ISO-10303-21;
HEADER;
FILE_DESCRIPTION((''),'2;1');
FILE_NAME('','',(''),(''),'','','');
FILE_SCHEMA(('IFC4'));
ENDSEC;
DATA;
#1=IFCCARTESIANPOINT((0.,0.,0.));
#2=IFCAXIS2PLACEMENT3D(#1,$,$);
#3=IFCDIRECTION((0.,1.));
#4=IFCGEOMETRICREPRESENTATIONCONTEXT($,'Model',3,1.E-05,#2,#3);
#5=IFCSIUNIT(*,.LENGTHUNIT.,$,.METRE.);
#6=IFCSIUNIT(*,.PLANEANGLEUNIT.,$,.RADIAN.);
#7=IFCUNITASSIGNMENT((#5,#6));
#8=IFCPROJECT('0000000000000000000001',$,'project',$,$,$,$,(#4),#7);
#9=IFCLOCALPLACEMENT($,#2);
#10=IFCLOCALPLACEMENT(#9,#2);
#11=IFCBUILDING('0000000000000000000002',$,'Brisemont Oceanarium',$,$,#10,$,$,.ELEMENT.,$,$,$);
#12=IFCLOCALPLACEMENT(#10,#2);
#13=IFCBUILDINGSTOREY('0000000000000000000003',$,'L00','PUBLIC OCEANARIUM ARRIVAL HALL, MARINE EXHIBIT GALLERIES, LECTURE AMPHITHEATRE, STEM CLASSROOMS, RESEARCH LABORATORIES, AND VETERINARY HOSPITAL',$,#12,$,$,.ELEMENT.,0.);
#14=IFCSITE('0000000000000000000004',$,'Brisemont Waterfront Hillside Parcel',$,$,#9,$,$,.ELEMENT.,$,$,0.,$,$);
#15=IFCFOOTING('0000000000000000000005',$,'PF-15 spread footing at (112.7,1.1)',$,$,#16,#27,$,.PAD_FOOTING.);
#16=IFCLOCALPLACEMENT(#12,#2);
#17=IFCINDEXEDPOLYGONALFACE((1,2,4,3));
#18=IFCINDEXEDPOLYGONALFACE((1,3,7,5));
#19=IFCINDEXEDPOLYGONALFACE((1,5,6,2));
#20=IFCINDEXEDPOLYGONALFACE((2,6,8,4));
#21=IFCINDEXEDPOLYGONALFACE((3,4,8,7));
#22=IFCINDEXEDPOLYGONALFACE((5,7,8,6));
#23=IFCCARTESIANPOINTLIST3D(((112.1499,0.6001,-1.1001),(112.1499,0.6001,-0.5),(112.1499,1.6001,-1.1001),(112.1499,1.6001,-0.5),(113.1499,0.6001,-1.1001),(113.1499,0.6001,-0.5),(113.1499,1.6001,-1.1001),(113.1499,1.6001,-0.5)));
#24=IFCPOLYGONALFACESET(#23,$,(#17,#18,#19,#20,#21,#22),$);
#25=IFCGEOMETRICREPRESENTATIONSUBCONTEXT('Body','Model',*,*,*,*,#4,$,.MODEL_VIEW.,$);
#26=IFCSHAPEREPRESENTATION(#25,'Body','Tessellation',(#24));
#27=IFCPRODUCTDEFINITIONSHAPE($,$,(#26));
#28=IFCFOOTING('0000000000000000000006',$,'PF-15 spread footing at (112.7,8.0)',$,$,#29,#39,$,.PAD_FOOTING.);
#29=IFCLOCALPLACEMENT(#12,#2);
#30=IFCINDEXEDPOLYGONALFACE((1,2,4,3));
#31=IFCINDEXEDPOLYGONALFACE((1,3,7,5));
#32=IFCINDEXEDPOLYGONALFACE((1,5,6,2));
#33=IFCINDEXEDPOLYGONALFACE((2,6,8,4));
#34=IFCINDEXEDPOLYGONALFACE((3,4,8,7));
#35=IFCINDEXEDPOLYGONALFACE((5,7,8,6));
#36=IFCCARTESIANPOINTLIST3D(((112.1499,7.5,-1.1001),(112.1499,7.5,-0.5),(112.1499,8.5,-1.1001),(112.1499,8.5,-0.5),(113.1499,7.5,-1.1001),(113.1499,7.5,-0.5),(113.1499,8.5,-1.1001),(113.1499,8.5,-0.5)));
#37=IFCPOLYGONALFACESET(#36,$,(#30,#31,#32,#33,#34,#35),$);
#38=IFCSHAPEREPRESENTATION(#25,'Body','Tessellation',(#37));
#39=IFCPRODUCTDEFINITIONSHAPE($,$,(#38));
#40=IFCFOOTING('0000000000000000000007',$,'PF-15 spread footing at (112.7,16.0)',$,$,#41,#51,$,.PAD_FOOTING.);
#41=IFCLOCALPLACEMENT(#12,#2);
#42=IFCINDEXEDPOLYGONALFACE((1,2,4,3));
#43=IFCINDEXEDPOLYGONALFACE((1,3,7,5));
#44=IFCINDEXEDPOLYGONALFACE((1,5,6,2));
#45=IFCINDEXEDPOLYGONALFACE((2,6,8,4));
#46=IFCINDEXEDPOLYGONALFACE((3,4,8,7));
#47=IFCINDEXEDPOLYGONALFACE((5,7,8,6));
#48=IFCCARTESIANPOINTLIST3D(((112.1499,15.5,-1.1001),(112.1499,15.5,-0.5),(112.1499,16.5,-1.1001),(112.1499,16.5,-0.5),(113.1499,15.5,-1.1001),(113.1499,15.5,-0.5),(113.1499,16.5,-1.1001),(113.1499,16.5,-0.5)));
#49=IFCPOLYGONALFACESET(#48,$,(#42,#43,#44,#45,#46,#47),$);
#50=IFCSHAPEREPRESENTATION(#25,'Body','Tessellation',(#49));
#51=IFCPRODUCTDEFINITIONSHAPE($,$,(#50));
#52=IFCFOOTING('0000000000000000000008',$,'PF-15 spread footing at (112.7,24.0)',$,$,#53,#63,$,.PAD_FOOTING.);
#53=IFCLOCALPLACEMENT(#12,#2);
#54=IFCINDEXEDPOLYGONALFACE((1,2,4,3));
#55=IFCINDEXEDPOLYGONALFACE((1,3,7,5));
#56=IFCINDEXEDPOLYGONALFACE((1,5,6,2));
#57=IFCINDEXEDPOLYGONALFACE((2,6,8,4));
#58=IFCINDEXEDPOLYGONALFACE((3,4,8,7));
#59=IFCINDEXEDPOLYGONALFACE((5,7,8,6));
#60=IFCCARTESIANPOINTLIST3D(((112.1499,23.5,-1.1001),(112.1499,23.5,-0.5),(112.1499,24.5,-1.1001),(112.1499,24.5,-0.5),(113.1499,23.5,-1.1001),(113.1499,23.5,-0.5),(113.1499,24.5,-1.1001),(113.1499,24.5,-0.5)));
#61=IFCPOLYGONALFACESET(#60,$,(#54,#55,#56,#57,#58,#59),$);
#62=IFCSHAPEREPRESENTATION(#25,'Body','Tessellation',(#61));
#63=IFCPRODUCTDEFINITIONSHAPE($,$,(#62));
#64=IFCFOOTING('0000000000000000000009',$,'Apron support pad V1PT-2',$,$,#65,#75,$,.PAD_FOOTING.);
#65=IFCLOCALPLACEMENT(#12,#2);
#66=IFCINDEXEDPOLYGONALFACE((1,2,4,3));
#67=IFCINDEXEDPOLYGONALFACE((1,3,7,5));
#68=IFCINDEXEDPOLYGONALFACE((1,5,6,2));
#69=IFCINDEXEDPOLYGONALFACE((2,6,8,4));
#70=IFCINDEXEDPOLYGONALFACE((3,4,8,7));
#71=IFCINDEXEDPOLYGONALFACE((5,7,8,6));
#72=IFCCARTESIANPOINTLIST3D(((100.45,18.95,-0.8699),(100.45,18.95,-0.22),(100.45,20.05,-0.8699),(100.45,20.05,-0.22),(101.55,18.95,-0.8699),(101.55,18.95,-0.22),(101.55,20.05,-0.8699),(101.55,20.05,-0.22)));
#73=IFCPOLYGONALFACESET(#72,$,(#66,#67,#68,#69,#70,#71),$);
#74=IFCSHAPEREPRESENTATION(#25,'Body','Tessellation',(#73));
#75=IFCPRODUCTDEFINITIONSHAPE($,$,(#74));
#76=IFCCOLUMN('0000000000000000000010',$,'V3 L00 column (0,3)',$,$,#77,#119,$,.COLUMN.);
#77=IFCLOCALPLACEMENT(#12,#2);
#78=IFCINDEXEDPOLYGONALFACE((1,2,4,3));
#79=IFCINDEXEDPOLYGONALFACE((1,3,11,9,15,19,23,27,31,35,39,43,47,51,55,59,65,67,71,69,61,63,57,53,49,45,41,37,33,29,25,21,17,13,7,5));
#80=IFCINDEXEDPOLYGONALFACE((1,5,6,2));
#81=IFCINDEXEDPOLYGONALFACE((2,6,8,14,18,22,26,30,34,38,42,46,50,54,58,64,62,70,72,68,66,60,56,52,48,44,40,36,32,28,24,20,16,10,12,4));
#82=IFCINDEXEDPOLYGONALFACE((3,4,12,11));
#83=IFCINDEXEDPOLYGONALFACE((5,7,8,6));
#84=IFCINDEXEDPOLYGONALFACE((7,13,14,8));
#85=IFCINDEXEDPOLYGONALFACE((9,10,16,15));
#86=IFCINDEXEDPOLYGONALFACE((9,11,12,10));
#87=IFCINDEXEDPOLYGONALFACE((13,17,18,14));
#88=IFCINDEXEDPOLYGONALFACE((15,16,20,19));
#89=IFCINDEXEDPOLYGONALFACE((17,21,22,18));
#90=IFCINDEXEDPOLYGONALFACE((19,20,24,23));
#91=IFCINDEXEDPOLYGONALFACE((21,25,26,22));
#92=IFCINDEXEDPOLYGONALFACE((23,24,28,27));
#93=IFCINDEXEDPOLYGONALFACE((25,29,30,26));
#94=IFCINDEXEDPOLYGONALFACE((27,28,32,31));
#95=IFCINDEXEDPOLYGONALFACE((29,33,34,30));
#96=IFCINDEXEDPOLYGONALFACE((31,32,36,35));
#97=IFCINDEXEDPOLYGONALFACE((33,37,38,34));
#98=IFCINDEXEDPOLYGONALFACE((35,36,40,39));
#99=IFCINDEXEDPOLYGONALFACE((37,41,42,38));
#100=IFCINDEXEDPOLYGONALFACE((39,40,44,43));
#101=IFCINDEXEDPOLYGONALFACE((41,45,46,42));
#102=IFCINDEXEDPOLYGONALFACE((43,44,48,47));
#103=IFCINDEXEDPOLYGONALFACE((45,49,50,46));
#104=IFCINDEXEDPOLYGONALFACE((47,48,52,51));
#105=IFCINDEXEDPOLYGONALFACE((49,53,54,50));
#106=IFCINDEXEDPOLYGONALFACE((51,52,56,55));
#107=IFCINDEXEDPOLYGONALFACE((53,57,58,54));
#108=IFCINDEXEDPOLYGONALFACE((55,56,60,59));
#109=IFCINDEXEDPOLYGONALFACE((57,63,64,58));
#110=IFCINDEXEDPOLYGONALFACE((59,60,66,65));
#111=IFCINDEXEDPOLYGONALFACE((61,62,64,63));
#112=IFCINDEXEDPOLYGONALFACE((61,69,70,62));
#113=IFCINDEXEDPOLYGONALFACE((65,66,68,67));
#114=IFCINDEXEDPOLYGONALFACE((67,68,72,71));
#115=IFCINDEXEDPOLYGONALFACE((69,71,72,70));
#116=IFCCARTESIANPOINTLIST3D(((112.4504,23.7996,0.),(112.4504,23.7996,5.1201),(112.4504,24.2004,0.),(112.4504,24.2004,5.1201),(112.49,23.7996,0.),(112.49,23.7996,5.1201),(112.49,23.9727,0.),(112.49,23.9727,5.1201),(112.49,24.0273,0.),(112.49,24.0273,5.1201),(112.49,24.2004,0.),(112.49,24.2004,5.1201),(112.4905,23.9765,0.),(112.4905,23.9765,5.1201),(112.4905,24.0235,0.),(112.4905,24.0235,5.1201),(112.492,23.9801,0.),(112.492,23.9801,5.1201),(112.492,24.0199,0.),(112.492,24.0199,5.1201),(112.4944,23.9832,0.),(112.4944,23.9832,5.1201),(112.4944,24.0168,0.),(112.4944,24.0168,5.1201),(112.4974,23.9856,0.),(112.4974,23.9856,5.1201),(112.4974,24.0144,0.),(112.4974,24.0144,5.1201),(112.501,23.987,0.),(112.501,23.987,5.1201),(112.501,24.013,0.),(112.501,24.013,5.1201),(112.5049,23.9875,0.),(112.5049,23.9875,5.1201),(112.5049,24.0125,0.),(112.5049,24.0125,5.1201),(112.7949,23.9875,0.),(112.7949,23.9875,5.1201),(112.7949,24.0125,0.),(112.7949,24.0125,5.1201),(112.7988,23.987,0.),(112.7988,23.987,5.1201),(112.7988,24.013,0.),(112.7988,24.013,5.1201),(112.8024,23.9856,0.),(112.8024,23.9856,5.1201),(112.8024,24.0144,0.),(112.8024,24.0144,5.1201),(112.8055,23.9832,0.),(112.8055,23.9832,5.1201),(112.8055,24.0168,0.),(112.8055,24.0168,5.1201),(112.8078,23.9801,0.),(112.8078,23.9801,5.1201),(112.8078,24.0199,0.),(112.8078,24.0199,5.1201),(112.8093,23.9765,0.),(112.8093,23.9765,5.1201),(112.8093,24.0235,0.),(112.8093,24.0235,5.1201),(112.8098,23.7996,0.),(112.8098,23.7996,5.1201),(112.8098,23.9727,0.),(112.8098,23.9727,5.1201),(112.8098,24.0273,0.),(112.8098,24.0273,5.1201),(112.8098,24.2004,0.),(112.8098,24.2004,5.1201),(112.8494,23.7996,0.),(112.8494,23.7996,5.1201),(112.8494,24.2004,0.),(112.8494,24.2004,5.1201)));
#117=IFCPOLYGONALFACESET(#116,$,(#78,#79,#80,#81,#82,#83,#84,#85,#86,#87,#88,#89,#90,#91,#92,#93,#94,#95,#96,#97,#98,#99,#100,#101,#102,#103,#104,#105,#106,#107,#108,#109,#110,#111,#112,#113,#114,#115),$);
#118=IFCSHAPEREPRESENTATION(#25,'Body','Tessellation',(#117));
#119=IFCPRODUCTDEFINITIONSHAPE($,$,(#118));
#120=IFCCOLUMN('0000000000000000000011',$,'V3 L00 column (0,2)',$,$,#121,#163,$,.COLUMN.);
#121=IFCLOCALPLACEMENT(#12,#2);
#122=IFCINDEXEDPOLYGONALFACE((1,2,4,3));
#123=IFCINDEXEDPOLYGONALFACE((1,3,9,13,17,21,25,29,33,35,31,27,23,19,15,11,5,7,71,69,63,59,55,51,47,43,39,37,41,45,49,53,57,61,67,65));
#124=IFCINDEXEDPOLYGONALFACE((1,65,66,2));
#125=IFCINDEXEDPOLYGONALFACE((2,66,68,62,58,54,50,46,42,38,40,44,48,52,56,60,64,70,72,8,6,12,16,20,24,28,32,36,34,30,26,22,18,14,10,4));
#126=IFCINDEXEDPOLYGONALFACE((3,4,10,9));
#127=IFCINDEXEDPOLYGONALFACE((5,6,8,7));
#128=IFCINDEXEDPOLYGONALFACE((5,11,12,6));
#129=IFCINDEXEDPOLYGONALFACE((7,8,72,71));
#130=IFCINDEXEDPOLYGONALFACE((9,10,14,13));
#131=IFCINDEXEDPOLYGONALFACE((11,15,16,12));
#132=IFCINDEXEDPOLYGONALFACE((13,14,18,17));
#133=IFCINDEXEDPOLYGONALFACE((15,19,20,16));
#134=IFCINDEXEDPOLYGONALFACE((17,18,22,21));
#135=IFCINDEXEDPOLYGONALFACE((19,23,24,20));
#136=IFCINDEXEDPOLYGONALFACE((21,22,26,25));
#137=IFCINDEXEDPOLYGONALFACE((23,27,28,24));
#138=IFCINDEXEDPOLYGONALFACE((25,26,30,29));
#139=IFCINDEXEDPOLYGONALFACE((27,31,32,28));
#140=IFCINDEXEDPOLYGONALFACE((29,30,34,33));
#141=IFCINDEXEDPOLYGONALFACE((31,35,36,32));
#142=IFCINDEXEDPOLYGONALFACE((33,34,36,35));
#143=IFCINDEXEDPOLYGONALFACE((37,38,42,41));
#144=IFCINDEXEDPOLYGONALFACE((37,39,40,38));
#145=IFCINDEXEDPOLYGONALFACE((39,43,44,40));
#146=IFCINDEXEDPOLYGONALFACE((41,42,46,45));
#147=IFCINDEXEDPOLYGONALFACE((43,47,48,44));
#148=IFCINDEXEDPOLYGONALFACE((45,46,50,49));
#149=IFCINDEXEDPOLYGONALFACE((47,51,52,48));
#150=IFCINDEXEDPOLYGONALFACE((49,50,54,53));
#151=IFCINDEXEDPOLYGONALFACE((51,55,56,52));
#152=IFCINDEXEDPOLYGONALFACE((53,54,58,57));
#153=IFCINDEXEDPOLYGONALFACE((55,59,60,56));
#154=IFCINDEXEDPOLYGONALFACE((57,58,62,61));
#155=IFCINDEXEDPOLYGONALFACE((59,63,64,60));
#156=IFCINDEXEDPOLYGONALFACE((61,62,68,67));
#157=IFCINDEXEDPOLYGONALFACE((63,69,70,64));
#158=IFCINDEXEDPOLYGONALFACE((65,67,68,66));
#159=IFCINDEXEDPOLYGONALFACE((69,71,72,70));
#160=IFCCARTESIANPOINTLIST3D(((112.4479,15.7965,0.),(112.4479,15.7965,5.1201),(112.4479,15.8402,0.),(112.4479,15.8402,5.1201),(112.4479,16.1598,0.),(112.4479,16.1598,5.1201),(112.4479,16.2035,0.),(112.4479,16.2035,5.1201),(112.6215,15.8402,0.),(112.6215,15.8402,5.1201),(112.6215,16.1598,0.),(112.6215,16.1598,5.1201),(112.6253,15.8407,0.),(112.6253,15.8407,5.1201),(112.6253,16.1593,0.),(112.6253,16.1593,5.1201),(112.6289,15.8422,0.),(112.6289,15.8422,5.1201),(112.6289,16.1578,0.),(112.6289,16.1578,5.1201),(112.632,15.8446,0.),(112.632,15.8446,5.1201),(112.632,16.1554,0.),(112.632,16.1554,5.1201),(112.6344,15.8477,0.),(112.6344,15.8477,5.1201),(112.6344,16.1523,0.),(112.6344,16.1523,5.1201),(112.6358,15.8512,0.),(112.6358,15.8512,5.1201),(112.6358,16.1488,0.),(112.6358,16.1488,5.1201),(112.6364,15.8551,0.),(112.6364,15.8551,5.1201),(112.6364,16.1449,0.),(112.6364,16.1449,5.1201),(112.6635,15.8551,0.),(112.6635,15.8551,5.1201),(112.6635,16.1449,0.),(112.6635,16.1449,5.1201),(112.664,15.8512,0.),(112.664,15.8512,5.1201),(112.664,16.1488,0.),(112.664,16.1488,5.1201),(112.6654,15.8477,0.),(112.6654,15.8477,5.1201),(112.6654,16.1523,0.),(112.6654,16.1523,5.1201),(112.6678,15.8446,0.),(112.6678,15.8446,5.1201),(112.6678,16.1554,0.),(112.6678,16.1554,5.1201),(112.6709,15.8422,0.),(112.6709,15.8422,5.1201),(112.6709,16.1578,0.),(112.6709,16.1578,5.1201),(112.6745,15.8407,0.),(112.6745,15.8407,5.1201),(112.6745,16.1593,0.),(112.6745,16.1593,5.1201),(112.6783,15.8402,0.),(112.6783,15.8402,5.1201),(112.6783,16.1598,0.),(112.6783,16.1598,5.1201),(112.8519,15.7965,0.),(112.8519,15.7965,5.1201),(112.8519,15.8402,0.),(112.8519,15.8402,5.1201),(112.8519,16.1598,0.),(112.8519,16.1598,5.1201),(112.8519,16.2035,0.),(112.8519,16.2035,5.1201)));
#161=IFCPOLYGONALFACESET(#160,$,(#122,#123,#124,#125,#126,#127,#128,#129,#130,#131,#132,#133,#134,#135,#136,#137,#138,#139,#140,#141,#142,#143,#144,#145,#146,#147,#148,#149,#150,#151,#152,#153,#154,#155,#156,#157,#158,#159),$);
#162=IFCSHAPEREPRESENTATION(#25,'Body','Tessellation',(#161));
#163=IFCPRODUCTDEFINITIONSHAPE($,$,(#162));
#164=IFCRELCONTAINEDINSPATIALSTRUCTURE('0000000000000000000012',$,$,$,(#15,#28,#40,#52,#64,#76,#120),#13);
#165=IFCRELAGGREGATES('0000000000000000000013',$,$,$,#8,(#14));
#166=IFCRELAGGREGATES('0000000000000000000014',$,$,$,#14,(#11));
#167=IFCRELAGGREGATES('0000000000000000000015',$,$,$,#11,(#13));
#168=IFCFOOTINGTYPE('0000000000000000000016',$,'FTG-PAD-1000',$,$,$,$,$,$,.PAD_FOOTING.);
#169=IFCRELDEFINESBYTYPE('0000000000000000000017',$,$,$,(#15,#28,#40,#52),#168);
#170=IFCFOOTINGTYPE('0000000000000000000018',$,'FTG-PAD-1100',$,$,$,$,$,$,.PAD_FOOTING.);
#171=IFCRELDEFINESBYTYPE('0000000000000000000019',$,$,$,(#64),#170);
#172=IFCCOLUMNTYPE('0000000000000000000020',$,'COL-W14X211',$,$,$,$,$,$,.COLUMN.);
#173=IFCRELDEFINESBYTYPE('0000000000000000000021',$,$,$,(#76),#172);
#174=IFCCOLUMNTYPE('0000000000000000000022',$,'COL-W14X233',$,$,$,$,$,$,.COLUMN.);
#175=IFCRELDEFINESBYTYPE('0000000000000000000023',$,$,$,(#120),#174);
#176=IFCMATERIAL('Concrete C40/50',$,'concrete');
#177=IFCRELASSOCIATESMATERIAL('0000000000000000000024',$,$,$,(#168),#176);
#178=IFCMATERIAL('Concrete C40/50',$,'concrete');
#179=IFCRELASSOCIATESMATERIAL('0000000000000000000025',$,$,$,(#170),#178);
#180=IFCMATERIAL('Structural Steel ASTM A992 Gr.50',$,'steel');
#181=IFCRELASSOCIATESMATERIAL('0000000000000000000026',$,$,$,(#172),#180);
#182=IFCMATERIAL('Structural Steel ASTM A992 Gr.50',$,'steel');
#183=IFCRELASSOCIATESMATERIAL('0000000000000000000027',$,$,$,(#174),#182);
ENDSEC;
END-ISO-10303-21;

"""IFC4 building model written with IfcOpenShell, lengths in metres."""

from ifc_helpers import new_model, si_unit, direction, frame, origin, origin_2d, place, context, subcontext, project, spatial, rectangle, i_section, extrude, material, material_profile, profile_set, type_object, element, save


model = new_model("IFC4")

# Units and contexts
model_context = context("Model", 3, precision=1e-05, world=origin(), true_north=direction((0.0, 1.0)))
body_context = subcontext(model_context, "Body", "Model", "MODEL_VIEW")
ifc_project = project(units=[si_unit("LENGTHUNIT", "METRE"), si_unit("PLANEANGLEUNIT", "RADIAN")], contexts=[model_context])

# Site, building, storey
site_placement = place(None, origin())
site = spatial("IfcSite", under=ifc_project, at=site_placement, Name="Brisemont Waterfront Hillside Parcel", CompositionType="ELEMENT", RefElevation=0.0)
building_placement = place(site_placement, origin())
building = spatial("IfcBuilding", under=site, at=building_placement, Name="Brisemont Oceanarium", CompositionType="ELEMENT")
storey_placement = place(building_placement, origin())
storey = spatial("IfcBuildingStorey", under=building, at=storey_placement, Name="L00", Description="PUBLIC OCEANARIUM ARRIVAL HALL, MARINE EXHIBIT GALLERIES, LECTURE AMPHITHEATRE, STEM CLASSROOMS, RESEARCH LABORATORIES, AND VETERINARY HOSPITAL", CompositionType="ELEMENT", Elevation=0.0)

# Footings
ifc_material_1 = material(Name="Concrete C40/50", Category="concrete")
footing_type_1 = type_object("IfcFootingType", Name="FTG-PAD-1000", PredefinedType="PAD_FOOTING", material=ifc_material_1)
for number, where, z_axis, x_axis, name in (
    (1, (112.6499, 1.1001, -1.1001), (0.0, 0.0, 1.0), (1.0, 0.0, 0.0), "PF-15 spread footing at (112.7,1.1)"),
    (2, (112.6499, 8.0, -1.1001), (0.0, 0.0, 1.0), (1.0, 0.0, 0.0), "PF-15 spread footing at (112.7,8.0)"),
    (3, (112.6499, 16.0, -1.1001), (0.0, 0.0, 1.0), (1.0, 0.0, 0.0), "PF-15 spread footing at (112.7,16.0)"),
    (4, (112.6499, 24.0, -1.1001), (0.0, 0.0, 1.0), (1.0, 0.0, 0.0), "PF-15 spread footing at (112.7,24.0)"),
):
    element("IfcFooting", number, at=place(storey_placement, frame(where, z_axis=z_axis, x_axis=x_axis)), inside=storey, type_object=footing_type_1, Name=name, PredefinedType="PAD_FOOTING", context=body_context, shape_type="SweptSolid", body=[
        extrude(rectangle(XDim=1.0, YDim=1.0, at=origin_2d()), origin(), (0.0, 0.0, 1.0), 0.6001),
    ])
ifc_material_2 = material(Name="Concrete C40/50", Category="concrete")
footing_type_2 = type_object("IfcFootingType", Name="FTG-PAD-1100", PredefinedType="PAD_FOOTING", material=ifc_material_2)
footing_placement = place(storey_placement, frame((101.0, 19.5, -0.8699), z_axis=(0.0, 0.0, 1.0), x_axis=(1.0, 0.0, 0.0)))
element("IfcFooting", 5, at=footing_placement, inside=storey, type_object=footing_type_2, Name="Apron support pad V1PT-2", PredefinedType="PAD_FOOTING", context=body_context, shape_type="SweptSolid", body=[
    extrude(rectangle(XDim=1.1001, YDim=1.1001, at=origin_2d()), origin(), (0.0, 0.0, 1.0), 0.6499),
])

# Columns
ifc_material_3 = material(Name="Structural Steel ASTM A992 Gr.50", Category="steel")
ifc_material_profile_1 = material_profile(ifc_material_3, i_section(OverallWidth=0.4009, OverallDepth=0.3989, WebThickness=0.0249, FlangeThickness=0.0396, FilletRadius=0.0149, at=origin_2d()), Name="W14X211")
ifc_profile_set_1 = profile_set([ifc_material_profile_1], Name="Structural Steel ASTM A992 Gr.50")
column_type_1 = type_object("IfcColumnType", Name="COL-W14X211", PredefinedType="COLUMN", material=ifc_profile_set_1)
column_1_placement = place(storey_placement, frame((112.6499, 24.0, 0.0), z_axis=(0.0, 0.0, 1.0), x_axis=(0.0, 1.0, 0.0)))
element("IfcColumn", 6, at=column_1_placement, inside=storey, type_object=column_type_1, Name="V3 L00 column (0,3)", PredefinedType="COLUMN", context=body_context, shape_type="SweptSolid", body=[
    extrude(i_section(OverallWidth=0.4009, OverallDepth=0.3989, WebThickness=0.0249, FlangeThickness=0.0396, FilletRadius=0.0149, at=origin_2d()), origin(), (0.0, 0.0, 1.0), 5.1201),
])
ifc_material_4 = material(Name="Structural Steel ASTM A992 Gr.50", Category="steel")
ifc_material_profile_2 = material_profile(ifc_material_4, i_section(OverallWidth=0.4041, OverallDepth=0.407, WebThickness=0.0271, FlangeThickness=0.0437, FilletRadius=0.0149, at=origin_2d()), Name="W14X233")
ifc_profile_set_2 = profile_set([ifc_material_profile_2], Name="Structural Steel ASTM A992 Gr.50")
column_type_2 = type_object("IfcColumnType", Name="COL-W14X233", PredefinedType="COLUMN", material=ifc_profile_set_2)
column_2_placement = place(storey_placement, frame((112.6499, 16.0, 0.0), z_axis=(0.0, 0.0, 1.0), x_axis=(1.0, 0.0, 0.0)))
element("IfcColumn", 7, at=column_2_placement, inside=storey, type_object=column_type_2, Name="V3 L00 column (0,2)", PredefinedType="COLUMN", context=body_context, shape_type="SweptSolid", body=[
    extrude(i_section(OverallWidth=0.4041, OverallDepth=0.407, WebThickness=0.0271, FlangeThickness=0.0437, FilletRadius=0.0149, at=origin_2d()), origin(), (0.0, 0.0, 1.0), 5.1201),
])

save(model, "model.ifc")
